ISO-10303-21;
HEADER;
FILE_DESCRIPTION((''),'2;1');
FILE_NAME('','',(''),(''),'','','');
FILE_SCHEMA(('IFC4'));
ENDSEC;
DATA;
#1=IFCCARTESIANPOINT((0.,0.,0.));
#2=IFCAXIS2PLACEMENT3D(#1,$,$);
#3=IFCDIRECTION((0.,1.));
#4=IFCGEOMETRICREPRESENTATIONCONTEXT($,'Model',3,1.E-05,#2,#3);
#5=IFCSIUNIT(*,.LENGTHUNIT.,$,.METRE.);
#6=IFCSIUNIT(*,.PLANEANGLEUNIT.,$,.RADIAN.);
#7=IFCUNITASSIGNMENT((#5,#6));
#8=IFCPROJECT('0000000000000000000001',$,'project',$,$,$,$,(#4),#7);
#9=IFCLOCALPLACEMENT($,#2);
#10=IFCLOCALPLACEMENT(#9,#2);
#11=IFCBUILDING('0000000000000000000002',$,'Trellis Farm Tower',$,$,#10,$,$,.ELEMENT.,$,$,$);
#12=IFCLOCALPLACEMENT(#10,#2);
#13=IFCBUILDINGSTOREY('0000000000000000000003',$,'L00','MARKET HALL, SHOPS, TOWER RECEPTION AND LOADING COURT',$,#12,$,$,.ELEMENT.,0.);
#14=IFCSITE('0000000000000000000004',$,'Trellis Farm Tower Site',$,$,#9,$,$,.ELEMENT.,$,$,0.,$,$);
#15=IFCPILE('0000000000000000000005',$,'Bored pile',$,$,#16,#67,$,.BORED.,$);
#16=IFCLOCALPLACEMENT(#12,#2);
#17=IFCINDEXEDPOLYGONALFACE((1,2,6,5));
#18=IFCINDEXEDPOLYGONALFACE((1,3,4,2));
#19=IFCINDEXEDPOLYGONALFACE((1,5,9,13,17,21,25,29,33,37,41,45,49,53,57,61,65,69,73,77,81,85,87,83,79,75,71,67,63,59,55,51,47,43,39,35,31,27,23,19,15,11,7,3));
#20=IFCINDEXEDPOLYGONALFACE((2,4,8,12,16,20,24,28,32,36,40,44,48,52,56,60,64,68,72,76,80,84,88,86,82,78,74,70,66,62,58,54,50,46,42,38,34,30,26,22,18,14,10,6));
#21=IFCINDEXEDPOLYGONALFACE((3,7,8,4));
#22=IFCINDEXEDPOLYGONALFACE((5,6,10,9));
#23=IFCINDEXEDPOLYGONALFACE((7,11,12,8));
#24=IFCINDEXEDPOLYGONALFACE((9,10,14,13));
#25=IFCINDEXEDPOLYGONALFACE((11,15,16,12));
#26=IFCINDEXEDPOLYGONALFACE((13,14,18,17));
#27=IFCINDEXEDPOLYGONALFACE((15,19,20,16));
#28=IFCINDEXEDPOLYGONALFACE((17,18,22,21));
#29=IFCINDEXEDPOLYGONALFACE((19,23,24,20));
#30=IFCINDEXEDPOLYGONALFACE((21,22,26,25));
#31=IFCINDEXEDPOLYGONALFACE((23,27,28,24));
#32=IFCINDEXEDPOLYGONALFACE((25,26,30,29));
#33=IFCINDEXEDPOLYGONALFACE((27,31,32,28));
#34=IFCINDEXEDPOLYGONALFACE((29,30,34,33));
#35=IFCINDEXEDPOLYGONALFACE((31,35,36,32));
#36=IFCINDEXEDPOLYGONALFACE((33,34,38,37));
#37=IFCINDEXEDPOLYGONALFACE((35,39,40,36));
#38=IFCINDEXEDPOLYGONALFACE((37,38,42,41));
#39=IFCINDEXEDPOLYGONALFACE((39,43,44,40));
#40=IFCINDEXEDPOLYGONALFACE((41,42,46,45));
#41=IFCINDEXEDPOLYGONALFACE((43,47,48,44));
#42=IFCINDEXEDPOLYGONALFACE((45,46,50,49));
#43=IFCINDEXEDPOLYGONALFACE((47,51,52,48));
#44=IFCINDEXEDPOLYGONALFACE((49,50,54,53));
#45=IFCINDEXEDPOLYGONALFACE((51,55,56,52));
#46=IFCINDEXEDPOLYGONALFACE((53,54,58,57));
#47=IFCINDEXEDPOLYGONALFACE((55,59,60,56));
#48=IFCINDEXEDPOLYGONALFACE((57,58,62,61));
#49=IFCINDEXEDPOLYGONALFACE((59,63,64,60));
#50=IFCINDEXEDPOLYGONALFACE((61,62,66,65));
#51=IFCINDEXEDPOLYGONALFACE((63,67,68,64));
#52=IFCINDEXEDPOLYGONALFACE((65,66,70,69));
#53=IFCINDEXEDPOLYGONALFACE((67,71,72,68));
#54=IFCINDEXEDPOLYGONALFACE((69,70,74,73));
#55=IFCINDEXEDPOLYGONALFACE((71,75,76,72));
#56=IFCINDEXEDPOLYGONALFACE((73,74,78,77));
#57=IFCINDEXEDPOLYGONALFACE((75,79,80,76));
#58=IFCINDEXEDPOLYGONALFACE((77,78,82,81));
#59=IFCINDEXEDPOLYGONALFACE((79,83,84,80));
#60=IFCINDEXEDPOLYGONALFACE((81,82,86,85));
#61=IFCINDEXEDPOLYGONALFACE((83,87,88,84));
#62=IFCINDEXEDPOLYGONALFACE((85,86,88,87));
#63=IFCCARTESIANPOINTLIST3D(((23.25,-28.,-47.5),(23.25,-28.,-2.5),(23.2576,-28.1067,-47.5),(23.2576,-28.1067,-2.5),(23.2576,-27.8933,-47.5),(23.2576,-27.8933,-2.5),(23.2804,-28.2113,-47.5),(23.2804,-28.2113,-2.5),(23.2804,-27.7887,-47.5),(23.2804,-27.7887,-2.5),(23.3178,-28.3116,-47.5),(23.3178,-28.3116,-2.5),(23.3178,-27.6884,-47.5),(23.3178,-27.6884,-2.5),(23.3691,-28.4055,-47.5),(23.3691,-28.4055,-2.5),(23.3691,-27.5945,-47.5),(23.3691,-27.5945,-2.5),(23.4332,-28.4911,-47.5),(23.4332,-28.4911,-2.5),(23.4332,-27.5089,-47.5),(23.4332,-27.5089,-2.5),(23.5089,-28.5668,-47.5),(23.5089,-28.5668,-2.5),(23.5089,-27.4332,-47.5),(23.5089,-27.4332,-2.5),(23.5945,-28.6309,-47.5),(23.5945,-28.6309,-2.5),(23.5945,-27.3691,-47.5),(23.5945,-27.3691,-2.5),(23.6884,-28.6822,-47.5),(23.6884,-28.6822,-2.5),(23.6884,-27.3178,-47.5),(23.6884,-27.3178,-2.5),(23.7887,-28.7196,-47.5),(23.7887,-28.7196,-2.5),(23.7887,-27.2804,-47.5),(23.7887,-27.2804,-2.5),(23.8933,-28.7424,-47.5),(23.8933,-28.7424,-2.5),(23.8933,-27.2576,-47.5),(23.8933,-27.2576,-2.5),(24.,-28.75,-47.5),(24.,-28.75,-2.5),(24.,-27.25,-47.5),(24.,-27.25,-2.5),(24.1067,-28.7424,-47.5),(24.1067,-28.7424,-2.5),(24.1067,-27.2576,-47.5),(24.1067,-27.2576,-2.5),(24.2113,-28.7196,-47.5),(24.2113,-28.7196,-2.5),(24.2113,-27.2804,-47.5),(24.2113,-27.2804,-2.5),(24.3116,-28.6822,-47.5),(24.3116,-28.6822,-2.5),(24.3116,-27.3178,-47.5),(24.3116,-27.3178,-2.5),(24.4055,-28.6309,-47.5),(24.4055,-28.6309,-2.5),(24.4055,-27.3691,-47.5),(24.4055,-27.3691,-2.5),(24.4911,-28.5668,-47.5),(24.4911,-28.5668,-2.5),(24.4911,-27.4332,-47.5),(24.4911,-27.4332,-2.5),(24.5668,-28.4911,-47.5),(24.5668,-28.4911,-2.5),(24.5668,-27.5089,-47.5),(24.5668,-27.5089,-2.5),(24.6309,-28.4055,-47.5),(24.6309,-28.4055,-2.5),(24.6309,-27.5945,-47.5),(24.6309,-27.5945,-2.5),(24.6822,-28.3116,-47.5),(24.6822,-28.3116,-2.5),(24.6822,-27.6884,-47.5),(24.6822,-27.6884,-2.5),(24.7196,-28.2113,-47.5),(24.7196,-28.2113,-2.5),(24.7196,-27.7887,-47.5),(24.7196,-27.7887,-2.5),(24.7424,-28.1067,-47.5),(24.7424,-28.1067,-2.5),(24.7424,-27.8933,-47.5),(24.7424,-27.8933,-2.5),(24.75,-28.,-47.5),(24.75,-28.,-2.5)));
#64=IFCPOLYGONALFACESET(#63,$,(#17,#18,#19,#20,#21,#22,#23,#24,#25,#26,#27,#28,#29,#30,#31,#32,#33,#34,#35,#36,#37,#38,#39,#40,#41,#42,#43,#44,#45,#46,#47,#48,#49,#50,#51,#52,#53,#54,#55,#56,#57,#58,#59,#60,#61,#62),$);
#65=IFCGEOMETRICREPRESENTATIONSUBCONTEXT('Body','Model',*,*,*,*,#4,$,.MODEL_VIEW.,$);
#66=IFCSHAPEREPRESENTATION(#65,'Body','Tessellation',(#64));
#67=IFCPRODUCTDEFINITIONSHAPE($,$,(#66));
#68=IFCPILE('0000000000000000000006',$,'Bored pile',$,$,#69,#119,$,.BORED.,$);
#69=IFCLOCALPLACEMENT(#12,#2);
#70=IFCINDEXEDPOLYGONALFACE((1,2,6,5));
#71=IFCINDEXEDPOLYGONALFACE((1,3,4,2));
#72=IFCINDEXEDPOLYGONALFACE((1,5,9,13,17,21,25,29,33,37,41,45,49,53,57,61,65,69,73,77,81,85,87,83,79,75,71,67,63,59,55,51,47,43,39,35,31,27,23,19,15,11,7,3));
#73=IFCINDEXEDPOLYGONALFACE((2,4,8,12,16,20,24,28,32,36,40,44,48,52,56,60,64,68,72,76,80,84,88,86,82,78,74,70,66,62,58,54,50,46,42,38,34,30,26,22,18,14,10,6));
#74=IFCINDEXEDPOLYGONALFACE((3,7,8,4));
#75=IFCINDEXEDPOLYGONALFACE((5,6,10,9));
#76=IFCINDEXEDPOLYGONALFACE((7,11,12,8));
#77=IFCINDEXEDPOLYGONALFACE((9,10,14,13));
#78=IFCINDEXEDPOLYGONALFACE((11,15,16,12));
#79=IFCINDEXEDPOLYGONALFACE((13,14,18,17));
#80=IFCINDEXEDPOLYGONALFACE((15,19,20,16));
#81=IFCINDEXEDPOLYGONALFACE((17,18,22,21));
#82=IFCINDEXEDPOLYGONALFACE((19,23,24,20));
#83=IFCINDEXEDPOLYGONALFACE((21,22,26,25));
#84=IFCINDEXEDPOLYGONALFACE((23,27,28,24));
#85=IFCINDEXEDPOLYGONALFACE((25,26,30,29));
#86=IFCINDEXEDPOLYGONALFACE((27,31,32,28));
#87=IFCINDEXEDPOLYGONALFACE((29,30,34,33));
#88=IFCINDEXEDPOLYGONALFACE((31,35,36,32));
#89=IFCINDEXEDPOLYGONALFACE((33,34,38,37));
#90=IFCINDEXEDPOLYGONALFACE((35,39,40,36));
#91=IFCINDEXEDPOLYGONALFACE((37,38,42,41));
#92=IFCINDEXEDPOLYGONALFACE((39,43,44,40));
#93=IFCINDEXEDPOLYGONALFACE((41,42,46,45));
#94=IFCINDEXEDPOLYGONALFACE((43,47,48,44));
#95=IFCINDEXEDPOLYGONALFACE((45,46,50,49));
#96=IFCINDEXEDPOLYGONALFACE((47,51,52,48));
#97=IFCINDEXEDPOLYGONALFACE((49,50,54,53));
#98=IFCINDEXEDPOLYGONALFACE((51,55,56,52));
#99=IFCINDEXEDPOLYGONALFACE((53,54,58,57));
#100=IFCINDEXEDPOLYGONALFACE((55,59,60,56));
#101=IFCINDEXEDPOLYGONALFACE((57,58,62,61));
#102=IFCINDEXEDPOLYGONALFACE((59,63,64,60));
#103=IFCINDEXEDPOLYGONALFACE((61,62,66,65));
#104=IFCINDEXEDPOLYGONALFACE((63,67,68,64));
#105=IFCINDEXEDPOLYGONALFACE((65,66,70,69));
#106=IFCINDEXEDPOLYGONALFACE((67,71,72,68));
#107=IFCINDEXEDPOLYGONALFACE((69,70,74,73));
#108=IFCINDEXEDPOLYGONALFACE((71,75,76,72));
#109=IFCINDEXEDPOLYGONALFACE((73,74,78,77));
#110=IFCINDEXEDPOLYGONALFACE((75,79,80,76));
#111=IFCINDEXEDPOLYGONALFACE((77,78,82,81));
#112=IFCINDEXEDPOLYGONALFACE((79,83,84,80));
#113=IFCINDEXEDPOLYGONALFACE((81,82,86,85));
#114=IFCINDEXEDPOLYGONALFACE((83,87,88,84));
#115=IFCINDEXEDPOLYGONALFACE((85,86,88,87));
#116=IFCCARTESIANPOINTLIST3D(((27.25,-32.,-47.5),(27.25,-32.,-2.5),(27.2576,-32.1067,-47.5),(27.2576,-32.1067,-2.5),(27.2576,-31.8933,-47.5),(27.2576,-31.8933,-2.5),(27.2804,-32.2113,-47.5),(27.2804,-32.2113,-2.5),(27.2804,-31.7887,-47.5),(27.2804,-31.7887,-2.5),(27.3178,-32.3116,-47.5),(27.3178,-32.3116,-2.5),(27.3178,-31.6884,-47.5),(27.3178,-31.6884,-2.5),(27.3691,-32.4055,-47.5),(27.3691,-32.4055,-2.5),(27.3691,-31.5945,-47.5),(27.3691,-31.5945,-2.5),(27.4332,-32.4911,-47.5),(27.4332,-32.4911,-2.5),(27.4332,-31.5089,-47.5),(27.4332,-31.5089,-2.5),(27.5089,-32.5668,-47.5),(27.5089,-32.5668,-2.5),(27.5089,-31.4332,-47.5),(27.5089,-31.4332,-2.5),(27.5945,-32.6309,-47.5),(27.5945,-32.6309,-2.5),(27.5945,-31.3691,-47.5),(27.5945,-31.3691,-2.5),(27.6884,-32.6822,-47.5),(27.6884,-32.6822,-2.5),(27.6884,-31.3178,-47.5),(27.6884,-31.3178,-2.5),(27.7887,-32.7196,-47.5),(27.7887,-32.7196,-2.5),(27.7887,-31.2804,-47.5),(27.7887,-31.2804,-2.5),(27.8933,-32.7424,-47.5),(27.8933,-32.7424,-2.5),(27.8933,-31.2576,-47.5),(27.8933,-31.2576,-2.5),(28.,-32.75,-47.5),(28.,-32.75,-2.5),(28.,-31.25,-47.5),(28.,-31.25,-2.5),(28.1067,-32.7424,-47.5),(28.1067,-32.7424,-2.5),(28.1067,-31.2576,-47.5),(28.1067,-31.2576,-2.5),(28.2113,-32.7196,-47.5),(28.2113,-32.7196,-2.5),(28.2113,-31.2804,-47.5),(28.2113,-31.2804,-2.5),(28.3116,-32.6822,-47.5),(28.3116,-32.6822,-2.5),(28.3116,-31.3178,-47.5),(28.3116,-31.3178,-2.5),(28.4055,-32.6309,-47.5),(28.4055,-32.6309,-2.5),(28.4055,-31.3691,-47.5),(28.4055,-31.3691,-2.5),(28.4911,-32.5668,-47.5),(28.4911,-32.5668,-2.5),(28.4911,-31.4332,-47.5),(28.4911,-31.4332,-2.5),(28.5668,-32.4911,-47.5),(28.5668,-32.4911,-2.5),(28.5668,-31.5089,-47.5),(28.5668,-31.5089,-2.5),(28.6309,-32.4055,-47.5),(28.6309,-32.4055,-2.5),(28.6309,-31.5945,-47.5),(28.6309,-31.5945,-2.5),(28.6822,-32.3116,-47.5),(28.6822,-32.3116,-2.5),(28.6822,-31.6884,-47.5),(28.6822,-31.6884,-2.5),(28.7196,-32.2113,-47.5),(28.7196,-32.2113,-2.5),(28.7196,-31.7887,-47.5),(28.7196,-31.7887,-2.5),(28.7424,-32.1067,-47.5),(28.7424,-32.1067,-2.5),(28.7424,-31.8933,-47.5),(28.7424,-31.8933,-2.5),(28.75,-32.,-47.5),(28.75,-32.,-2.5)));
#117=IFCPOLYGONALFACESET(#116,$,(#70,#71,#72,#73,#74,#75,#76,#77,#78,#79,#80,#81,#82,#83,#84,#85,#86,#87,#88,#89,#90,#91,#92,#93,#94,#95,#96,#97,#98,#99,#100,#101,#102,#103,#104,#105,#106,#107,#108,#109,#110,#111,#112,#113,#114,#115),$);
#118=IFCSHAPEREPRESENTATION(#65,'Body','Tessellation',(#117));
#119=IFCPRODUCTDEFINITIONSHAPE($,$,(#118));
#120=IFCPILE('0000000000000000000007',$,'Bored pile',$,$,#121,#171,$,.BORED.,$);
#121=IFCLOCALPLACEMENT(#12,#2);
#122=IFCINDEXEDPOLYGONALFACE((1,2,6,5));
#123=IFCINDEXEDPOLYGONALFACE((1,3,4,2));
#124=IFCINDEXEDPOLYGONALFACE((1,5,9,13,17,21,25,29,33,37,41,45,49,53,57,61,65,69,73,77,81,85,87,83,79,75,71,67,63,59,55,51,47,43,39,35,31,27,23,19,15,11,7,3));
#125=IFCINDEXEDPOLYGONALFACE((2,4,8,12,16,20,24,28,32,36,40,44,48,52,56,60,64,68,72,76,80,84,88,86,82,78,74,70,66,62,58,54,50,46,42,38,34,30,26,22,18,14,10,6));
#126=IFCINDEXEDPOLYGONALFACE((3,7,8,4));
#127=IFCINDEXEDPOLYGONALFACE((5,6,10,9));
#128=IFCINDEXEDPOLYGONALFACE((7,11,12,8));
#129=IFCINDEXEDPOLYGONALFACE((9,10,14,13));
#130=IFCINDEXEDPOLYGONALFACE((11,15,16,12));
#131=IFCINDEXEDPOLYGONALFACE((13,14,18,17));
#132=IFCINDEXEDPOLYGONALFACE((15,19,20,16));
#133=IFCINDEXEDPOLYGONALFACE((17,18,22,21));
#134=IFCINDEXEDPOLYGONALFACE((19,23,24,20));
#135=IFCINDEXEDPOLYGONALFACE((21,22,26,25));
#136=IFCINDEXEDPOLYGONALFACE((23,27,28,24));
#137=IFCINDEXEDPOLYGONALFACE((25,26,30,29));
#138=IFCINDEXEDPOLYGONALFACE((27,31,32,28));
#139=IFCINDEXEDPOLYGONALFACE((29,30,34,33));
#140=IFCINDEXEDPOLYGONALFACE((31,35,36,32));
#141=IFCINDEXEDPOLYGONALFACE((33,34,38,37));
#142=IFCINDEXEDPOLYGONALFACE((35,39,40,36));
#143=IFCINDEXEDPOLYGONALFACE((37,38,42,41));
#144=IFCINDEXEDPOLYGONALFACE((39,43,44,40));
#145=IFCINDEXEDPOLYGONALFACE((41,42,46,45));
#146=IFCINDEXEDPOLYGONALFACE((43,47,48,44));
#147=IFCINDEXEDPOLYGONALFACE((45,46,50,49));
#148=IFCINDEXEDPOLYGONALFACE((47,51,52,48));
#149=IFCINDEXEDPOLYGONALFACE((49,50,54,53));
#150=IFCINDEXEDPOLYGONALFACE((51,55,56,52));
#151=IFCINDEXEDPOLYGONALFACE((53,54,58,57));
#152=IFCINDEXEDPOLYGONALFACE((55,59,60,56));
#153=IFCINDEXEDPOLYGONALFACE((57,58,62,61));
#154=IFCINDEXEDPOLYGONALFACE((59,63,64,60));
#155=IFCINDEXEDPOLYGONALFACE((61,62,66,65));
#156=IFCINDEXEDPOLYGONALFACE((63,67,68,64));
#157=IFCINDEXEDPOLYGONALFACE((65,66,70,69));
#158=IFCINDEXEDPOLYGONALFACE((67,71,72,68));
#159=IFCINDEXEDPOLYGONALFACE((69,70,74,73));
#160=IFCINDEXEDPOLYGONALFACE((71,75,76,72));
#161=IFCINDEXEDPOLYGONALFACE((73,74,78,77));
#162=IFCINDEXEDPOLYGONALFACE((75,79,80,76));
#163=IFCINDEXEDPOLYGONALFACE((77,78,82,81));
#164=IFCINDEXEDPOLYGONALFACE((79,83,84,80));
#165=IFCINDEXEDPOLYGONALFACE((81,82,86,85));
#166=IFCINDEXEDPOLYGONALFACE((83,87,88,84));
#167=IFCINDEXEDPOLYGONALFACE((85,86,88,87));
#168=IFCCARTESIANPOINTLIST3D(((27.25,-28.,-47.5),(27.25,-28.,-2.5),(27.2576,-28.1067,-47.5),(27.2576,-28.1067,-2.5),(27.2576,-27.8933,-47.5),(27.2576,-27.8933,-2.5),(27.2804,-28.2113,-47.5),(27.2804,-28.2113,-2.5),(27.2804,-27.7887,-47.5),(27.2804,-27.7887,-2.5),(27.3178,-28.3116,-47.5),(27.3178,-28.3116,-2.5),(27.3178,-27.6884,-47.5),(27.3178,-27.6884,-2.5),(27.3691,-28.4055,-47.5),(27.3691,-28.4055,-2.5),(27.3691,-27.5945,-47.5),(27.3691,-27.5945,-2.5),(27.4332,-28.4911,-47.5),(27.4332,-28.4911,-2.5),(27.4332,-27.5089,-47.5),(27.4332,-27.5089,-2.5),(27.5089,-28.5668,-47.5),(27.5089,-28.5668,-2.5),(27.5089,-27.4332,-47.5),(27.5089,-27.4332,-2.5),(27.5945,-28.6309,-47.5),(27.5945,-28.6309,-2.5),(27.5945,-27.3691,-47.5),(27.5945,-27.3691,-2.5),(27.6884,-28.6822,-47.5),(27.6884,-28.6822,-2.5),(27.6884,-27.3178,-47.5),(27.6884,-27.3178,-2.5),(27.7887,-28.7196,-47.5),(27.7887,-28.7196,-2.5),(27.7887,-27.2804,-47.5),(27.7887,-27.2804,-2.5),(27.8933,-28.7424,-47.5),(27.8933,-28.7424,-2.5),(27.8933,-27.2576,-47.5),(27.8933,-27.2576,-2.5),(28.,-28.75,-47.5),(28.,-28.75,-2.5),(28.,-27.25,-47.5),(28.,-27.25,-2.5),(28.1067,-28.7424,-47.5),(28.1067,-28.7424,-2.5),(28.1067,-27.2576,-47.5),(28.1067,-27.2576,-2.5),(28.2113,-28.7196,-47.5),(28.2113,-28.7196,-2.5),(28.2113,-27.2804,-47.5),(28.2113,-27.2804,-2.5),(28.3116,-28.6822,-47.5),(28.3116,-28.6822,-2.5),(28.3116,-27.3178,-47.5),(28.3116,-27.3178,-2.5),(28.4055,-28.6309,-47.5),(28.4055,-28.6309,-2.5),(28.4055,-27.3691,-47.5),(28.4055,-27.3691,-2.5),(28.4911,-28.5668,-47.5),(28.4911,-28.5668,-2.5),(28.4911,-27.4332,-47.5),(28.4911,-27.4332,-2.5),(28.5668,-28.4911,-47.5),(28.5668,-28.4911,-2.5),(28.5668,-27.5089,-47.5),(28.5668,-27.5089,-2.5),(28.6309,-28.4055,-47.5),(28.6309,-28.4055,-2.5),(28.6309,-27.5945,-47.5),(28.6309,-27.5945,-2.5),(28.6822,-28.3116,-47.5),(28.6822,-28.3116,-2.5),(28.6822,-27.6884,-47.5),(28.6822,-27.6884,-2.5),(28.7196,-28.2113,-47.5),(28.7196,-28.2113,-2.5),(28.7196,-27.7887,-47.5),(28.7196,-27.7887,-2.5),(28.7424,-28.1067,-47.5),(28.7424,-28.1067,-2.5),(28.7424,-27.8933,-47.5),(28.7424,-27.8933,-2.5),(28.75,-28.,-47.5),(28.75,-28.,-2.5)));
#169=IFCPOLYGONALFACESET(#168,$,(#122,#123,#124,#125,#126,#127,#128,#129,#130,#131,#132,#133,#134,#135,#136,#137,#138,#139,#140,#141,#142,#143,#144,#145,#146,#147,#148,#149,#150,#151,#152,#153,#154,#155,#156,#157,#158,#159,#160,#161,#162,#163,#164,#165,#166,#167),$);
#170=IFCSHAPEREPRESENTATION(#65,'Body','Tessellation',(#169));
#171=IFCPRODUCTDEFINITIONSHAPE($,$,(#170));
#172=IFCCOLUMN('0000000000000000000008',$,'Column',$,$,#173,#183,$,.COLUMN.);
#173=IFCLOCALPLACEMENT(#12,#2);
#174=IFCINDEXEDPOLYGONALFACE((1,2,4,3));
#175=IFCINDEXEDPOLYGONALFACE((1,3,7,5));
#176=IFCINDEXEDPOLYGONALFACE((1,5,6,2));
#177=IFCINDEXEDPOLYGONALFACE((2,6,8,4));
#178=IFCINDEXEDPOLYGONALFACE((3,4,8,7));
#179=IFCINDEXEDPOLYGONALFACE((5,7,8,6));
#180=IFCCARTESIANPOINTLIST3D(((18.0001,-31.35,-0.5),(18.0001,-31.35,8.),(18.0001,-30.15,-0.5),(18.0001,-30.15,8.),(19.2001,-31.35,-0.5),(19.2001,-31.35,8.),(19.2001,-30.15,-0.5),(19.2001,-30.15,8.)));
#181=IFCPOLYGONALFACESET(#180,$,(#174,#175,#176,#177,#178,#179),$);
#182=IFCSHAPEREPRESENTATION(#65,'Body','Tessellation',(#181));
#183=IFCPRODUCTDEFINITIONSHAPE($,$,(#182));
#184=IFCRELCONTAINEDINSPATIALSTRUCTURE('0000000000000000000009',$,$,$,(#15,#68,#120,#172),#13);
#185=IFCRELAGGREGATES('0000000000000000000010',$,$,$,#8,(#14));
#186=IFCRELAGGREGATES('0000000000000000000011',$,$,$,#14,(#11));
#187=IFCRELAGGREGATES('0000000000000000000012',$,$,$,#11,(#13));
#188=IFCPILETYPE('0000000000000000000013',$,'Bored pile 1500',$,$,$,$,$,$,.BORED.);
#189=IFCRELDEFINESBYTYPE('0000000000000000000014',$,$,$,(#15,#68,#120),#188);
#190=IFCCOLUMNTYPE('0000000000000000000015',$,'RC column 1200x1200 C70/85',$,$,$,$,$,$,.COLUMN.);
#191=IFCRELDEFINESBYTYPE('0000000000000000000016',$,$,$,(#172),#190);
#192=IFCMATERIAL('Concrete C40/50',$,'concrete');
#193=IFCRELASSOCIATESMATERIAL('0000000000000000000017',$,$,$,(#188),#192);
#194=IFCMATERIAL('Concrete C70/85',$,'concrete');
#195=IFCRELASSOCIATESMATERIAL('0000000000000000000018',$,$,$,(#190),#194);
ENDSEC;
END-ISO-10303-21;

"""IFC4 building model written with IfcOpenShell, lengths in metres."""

from ifc_helpers import new_model, si_unit, direction, frame, origin, origin_2d, place, context, subcontext, project, spatial, rectangle, circle, extrude, source, transform, mapped, material, material_profile, profile_set, type_object, element, save


model = new_model("IFC4")

# Units and contexts
model_context = context("Model", 3, precision=1e-05, world=origin(), true_north=direction((0.0, 1.0)))
body_context = subcontext(model_context, "Body", "Model", "MODEL_VIEW")
ifc_project = project(units=[si_unit("LENGTHUNIT", "METRE"), si_unit("PLANEANGLEUNIT", "RADIAN")], contexts=[model_context])

# Site, building, storey
site_placement = place(None, origin())
site = spatial("IfcSite", under=ifc_project, at=site_placement, Name="Trellis Farm Tower Site", CompositionType="ELEMENT", RefElevation=0.0)
building_placement = place(site_placement, origin())
building = spatial("IfcBuilding", under=site, at=building_placement, Name="Trellis Farm Tower", CompositionType="ELEMENT")
storey_placement = place(building_placement, origin())
storey = spatial("IfcBuildingStorey", under=building, at=storey_placement, Name="L00", Description="MARKET HALL, SHOPS, TOWER RECEPTION AND LOADING COURT", CompositionType="ELEMENT", Elevation=0.0)

# Piles
ifc_material_1 = material(Name="Concrete C40/50", Category="concrete")
ifc_material_profile_1 = material_profile(ifc_material_1, circle(Radius=0.75, at=origin_2d()), Name="Bored pile 1500")
ifc_profile_set_1 = profile_set([ifc_material_profile_1], Name="Concrete C40/50")
pile_type = type_object("IfcPileType", Name="Bored pile 1500", PredefinedType="BORED", material=ifc_profile_set_1)
shared_shape_1 = source(origin(), body_context, "Body", "SweptSolid", [
    extrude(circle(Radius=0.75, at=origin_2d()), origin(), (0.0, 0.0, 1.0), 45.0),
])
for number, where, z_axis, x_axis, name in (
    (1, (24.0, -28.0, -2.5), (0.0, 0.0, -1.0), (1.0, 0.0, 0.0), "Bored pile"),
    (2, (28.0, -32.0, -2.5), (0.0, 0.0, -1.0), (1.0, 0.0, 0.0), "Bored pile"),
    (3, (28.0, -28.0, -2.5), (0.0, 0.0, -1.0), (1.0, 0.0, 0.0), "Bored pile"),
):
    element("IfcPile", number, at=place(storey_placement, frame(where, z_axis=z_axis, x_axis=x_axis)), inside=storey, type_object=pile_type, Name=name, PredefinedType="BORED", context=body_context, shape_type="MappedRepresentation", body=[
        mapped(shared_shape_1, transform((0.0, 0.0, 0.0))),
    ])

# Column
ifc_material_2 = material(Name="Concrete C70/85", Category="concrete")
ifc_material_profile_2 = material_profile(ifc_material_2, rectangle(XDim=1.2, YDim=1.2, at=origin_2d()), Name="RC column 1200x1200 C70/85")
ifc_profile_set_2 = profile_set([ifc_material_profile_2], Name="Concrete C70/85")
column_type = type_object("IfcColumnType", Name="RC column 1200x1200 C70/85", PredefinedType="COLUMN", material=ifc_profile_set_2)
shared_shape_2 = source(origin(), body_context, "Body", "SweptSolid", [
    extrude(rectangle(XDim=1.2, YDim=1.2, at=origin_2d()), origin(), (0.0, 0.0, 1.0), 8.5),
])
column_placement = place(storey_placement, frame((18.6001, -30.75, -0.5), z_axis=(0.0, 0.0, 1.0), x_axis=(1.0, 0.0, 0.0)))
element("IfcColumn", 4, at=column_placement, inside=storey, type_object=column_type, Name="Column", PredefinedType="COLUMN", context=body_context, shape_type="MappedRepresentation", body=[
    mapped(shared_shape_2, transform((0.0, 0.0, 0.0))),
])

save(model, "model.ifc")
